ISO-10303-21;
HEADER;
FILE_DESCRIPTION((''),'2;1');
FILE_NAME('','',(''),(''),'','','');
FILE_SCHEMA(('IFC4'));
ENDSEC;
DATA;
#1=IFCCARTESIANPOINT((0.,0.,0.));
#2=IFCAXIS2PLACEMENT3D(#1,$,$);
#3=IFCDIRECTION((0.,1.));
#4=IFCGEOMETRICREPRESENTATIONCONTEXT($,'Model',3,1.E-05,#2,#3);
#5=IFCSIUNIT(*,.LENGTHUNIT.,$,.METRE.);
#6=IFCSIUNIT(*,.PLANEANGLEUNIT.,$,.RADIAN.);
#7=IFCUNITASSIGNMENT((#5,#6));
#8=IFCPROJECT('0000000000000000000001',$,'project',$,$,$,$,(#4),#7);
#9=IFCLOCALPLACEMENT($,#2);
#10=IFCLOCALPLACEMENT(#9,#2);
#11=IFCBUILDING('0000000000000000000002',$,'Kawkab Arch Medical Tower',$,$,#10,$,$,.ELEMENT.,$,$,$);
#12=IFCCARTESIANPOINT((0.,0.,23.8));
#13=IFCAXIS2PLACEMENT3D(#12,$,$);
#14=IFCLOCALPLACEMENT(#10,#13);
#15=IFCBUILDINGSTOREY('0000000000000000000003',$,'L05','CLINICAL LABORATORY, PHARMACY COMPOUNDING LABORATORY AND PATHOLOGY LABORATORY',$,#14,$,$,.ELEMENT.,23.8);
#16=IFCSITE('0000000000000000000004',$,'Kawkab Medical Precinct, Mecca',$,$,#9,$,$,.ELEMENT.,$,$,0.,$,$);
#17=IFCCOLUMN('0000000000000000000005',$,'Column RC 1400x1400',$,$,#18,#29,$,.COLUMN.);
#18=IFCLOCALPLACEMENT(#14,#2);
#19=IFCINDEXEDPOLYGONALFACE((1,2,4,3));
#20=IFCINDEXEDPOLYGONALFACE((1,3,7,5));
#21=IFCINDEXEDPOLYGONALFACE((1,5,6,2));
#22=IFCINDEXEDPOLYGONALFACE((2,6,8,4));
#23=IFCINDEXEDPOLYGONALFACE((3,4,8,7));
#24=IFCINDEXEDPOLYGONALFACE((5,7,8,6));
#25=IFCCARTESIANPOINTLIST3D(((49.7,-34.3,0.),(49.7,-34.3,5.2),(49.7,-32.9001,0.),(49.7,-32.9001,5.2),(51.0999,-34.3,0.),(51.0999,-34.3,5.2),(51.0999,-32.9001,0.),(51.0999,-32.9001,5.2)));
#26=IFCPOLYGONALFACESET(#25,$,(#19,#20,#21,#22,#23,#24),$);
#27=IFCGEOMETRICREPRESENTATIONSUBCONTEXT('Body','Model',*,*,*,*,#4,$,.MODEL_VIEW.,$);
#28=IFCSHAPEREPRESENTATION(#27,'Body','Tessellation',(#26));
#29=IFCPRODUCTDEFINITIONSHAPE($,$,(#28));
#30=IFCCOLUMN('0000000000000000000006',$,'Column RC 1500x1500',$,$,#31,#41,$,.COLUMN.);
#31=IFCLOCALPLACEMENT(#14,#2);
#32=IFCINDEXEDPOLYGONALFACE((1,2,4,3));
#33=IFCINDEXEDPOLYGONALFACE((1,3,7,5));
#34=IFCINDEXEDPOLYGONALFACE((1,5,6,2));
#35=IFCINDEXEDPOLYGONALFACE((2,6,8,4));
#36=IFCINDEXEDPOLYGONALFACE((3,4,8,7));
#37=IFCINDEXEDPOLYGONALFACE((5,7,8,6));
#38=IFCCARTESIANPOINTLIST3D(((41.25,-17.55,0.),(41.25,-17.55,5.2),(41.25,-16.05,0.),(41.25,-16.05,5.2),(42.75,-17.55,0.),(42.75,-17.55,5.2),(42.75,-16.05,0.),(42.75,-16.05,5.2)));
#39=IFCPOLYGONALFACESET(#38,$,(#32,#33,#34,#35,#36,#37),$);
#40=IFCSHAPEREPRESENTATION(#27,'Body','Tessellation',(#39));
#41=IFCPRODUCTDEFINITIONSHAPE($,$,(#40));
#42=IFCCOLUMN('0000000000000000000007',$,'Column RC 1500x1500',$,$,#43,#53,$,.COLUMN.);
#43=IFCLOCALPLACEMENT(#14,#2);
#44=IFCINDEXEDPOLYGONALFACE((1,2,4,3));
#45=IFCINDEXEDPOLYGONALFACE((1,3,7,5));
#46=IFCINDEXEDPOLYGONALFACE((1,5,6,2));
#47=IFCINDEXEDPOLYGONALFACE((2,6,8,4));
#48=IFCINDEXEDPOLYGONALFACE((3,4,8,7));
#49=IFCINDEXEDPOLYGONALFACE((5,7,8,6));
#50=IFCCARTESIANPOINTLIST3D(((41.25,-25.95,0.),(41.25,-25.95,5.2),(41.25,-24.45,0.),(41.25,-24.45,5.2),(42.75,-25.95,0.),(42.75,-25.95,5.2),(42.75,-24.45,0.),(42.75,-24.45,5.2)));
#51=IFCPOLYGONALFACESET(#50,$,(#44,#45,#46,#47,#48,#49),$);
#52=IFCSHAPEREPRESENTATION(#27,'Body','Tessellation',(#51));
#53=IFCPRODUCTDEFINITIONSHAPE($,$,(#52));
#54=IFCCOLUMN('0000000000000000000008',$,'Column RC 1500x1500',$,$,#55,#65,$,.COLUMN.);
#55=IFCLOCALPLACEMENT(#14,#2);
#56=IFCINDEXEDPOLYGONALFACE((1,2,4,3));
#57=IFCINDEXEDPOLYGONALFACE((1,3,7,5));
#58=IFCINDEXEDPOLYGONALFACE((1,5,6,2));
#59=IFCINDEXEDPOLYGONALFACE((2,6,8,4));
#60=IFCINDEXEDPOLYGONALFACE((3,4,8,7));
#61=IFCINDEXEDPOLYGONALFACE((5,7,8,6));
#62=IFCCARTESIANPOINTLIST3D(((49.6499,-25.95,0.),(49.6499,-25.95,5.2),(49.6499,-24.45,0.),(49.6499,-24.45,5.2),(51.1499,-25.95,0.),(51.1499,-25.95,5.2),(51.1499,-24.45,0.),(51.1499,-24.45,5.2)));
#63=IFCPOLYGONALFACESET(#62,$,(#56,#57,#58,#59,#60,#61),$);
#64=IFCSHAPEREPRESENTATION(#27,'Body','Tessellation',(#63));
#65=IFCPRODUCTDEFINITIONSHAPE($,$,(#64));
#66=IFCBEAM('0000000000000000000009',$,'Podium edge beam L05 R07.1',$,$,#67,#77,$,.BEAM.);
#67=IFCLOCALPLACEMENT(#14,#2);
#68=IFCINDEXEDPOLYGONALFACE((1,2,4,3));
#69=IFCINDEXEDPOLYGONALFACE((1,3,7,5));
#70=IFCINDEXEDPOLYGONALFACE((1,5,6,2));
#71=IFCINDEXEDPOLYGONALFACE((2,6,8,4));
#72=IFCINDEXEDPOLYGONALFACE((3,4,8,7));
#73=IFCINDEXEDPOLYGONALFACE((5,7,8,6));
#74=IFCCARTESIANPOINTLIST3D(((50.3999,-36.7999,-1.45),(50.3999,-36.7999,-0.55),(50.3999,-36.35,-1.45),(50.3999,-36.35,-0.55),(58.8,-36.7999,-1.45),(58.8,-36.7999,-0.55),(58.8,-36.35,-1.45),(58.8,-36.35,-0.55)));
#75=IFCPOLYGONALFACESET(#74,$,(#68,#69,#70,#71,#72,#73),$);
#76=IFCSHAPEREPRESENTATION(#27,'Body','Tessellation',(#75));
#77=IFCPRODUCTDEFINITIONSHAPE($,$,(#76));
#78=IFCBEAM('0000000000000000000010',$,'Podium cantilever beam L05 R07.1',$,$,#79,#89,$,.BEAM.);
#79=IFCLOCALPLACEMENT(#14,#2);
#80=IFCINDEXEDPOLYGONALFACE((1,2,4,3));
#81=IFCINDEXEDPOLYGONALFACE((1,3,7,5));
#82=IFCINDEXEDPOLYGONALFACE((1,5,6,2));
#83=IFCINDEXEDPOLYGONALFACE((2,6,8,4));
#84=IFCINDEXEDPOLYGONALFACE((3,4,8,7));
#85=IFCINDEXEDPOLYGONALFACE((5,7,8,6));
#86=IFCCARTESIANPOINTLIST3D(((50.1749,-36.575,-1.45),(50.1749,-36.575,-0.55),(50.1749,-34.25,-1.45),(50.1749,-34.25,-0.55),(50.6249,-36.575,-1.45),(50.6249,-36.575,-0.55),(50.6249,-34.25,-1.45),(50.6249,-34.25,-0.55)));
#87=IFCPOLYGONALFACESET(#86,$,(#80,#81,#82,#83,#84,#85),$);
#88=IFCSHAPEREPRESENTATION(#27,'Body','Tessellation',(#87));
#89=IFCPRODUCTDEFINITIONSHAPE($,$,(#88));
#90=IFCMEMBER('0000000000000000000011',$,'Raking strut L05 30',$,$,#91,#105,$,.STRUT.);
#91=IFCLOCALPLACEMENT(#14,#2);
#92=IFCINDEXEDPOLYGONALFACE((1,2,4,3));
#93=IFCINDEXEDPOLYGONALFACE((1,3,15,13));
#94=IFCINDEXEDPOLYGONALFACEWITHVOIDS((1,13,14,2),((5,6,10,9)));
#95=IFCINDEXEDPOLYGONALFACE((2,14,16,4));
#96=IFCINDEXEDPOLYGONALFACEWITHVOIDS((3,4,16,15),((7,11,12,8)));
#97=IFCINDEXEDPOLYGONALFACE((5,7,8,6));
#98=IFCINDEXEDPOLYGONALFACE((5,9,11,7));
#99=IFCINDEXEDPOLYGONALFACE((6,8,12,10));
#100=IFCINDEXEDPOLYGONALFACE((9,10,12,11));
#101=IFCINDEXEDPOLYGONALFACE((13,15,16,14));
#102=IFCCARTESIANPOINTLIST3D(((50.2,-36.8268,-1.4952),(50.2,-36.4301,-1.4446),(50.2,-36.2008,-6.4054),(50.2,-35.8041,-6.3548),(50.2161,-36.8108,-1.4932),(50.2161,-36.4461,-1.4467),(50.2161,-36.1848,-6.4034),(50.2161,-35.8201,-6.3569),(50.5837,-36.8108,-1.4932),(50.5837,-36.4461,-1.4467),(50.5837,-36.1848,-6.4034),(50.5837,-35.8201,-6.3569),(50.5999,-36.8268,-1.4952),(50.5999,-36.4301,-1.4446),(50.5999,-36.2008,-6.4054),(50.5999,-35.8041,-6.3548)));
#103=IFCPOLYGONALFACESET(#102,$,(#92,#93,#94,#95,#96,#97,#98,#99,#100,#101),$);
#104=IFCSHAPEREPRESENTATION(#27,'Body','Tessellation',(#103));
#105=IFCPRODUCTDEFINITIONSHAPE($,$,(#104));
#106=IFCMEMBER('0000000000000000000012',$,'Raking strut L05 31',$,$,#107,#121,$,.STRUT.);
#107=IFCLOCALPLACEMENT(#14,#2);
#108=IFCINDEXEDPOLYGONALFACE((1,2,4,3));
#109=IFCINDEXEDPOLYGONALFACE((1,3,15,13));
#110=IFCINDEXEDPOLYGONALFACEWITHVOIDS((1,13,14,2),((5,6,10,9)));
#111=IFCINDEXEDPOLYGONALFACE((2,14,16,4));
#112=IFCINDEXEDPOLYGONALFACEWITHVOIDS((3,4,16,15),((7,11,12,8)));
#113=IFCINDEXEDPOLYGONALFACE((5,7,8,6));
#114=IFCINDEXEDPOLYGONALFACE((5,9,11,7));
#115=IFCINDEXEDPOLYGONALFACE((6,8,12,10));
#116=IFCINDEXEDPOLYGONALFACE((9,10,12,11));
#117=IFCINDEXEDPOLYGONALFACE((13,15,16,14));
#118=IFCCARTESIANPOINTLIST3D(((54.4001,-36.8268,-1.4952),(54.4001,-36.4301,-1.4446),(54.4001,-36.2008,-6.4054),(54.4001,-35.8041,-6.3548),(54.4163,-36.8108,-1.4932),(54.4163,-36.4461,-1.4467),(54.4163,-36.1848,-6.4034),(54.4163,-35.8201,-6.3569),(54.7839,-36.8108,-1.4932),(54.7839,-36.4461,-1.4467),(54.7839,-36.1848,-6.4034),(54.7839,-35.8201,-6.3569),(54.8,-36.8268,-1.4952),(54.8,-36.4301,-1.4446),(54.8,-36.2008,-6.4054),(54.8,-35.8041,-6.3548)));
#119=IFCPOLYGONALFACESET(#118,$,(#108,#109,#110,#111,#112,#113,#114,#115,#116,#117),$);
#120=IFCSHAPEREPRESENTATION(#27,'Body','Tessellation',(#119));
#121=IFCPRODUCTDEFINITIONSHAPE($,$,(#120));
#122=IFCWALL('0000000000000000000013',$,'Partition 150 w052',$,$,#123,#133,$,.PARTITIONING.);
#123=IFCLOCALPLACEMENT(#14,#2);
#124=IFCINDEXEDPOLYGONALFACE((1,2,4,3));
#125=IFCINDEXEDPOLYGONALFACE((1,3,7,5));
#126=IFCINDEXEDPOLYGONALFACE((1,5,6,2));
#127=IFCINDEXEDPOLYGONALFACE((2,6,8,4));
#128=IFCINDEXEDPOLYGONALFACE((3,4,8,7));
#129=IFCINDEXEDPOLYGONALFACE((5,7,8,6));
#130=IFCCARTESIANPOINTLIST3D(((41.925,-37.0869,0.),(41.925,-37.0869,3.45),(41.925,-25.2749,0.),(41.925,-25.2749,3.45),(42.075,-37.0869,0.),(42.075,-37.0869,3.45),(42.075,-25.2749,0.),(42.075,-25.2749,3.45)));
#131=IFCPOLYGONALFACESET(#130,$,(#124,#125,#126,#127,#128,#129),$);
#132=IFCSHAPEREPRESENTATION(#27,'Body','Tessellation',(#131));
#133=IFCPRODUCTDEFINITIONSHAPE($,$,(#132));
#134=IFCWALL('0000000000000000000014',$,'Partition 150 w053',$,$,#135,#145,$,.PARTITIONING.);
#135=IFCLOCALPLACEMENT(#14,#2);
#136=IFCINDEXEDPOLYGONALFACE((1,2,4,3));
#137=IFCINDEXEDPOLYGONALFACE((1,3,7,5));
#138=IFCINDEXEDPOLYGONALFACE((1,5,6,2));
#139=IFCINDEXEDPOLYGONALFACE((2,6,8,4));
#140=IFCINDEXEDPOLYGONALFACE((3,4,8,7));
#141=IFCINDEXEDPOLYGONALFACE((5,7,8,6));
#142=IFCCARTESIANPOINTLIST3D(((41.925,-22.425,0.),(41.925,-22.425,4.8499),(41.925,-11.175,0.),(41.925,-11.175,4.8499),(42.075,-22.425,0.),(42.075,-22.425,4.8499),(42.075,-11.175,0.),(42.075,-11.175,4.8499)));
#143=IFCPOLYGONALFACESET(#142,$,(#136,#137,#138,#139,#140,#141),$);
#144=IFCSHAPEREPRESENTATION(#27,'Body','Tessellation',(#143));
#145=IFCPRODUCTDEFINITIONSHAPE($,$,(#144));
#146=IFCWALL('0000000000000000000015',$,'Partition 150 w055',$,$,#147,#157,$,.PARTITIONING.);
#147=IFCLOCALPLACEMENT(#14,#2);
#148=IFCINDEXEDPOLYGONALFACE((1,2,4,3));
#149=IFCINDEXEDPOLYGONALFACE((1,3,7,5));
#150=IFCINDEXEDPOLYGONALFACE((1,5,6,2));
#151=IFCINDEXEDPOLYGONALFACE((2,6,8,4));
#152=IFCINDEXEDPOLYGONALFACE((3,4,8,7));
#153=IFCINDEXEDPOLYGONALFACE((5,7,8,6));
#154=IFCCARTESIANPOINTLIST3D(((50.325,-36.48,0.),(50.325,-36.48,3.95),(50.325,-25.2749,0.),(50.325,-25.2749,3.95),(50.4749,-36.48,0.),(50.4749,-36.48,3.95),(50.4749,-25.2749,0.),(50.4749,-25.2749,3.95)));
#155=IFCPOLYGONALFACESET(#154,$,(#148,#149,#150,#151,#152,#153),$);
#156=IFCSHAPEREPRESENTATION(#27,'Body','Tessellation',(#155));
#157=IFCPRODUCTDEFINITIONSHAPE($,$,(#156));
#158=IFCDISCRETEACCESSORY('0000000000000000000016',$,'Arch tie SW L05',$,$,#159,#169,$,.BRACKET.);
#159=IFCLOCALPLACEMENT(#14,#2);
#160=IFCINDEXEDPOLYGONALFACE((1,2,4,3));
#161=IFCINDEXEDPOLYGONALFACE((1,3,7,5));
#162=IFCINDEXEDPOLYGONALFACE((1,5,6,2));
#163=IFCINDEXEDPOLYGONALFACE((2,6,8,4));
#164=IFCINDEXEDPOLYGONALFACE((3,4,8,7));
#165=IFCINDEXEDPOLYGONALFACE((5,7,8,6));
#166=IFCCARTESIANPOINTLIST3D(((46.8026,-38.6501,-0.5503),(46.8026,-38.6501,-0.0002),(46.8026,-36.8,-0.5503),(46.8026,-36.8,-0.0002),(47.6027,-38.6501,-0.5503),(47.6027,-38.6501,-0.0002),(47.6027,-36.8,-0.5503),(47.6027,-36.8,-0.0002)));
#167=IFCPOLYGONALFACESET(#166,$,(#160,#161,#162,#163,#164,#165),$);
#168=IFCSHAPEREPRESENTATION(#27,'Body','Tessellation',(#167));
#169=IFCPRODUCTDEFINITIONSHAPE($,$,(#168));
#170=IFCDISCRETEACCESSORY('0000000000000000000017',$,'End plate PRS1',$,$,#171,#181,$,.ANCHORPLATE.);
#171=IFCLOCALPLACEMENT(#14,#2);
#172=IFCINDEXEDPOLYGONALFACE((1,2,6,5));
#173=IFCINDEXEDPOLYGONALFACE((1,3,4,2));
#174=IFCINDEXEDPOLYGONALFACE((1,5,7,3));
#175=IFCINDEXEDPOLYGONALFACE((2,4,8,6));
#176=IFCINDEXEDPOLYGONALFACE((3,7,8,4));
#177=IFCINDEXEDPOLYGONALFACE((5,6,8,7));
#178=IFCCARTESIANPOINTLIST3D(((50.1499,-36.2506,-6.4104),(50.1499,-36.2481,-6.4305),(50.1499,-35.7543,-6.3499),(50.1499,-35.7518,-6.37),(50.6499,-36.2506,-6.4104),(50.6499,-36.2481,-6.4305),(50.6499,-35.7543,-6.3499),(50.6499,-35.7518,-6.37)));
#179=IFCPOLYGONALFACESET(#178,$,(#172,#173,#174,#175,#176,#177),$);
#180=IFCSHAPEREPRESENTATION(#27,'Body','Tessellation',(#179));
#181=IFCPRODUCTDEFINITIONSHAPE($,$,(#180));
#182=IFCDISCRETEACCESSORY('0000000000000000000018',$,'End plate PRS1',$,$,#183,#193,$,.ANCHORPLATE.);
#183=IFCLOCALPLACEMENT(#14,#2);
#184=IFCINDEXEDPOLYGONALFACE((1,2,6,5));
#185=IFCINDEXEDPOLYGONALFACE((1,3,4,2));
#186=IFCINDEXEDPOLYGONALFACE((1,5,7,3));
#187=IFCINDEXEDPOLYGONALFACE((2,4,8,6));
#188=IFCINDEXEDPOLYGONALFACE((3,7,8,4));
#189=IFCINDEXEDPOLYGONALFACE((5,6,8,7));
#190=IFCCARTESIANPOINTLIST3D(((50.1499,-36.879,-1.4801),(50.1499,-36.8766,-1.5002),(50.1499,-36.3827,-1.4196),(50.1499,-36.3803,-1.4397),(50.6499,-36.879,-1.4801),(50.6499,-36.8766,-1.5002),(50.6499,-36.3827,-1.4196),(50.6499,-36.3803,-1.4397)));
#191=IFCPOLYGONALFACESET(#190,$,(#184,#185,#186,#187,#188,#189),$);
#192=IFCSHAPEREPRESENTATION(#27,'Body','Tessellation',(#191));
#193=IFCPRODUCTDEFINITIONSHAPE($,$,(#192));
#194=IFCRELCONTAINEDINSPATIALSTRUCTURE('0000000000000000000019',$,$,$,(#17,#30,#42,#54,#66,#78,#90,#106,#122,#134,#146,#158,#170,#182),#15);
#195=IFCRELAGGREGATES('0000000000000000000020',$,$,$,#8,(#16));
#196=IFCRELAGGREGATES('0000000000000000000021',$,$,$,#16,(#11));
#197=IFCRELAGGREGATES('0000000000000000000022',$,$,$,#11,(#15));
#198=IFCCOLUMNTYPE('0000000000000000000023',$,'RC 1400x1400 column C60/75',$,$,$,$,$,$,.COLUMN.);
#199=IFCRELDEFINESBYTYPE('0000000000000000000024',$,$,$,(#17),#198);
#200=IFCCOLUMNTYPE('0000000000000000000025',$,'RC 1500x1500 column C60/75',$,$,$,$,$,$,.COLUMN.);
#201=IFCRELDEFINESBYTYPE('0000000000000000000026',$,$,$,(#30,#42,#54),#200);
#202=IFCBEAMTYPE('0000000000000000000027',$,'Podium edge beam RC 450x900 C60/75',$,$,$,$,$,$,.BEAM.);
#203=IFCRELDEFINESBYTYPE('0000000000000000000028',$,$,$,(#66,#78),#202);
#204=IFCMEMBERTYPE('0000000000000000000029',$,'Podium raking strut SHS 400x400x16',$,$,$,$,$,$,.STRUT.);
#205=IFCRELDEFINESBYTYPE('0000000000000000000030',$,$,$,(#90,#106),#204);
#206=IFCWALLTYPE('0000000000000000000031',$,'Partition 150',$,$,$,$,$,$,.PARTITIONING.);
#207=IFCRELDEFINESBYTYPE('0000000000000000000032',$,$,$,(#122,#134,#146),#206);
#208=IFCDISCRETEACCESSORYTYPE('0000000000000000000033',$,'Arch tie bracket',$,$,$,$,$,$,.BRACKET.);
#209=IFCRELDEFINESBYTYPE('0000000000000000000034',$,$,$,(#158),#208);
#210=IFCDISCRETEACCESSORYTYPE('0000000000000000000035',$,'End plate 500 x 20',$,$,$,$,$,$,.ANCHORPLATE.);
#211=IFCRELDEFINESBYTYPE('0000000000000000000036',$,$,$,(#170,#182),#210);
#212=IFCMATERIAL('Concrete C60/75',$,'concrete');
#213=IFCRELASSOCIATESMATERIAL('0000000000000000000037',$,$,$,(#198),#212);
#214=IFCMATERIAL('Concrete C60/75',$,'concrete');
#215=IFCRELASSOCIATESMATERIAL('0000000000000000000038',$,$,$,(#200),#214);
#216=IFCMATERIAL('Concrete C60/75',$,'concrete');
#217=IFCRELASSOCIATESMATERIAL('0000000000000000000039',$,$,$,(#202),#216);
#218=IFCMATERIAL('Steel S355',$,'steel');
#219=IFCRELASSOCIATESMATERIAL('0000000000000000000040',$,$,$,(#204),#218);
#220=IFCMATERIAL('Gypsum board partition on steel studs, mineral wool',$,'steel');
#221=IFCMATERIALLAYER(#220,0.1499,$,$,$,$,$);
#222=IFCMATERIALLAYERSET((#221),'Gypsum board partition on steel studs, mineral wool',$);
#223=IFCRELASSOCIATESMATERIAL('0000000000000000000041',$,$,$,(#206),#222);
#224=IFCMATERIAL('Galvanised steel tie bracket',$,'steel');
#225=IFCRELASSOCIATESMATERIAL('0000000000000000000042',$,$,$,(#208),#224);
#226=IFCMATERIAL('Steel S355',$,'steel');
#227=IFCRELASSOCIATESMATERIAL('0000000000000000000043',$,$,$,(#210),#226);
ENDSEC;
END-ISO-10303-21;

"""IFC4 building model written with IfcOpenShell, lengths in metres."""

from ifc_helpers import new_model, si_unit, direction, frame, frame_2d, origin, origin_2d, place, context, subcontext, project, spatial, rectangle, hollow_rectangle, extrude, material, layer, layer_set, material_profile, profile_set, type_object, element, save


model = new_model("IFC4")

# Units and contexts
model_context = context("Model", 3, precision=1e-05, world=origin(), true_north=direction((0.0, 1.0)))
body_context = subcontext(model_context, "Body", "Model", "MODEL_VIEW")
ifc_project = project(units=[si_unit("LENGTHUNIT", "METRE"), si_unit("PLANEANGLEUNIT", "RADIAN")], contexts=[model_context])

# Site, building, storey
site_placement = place(None, origin())
site = spatial("IfcSite", under=ifc_project, at=site_placement, Name="Kawkab Medical Precinct, Mecca", CompositionType="ELEMENT", RefElevation=0.0)
building_placement = place(site_placement, origin())
building = spatial("IfcBuilding", under=site, at=building_placement, Name="Kawkab Arch Medical Tower", CompositionType="ELEMENT")
storey_placement = place(building_placement, frame((0.0, 0.0, 23.8)))
storey = spatial("IfcBuildingStorey", under=building, at=storey_placement, Name="L05", Description="CLINICAL LABORATORY, PHARMACY COMPOUNDING LABORATORY AND PATHOLOGY LABORATORY", CompositionType="ELEMENT", Elevation=23.8)

# Columns
ifc_material_1 = material(Name="Concrete C60/75", Category="concrete")
ifc_material_profile_1 = material_profile(ifc_material_1, rectangle(XDim=1.3999, YDim=1.3999, at=origin_2d()), Name="RC 1400x1400")
ifc_profile_set_1 = profile_set([ifc_material_profile_1], Name="Concrete C60/75")
column_type_1 = type_object("IfcColumnType", Name="RC 1400x1400 column C60/75", PredefinedType="COLUMN", material=ifc_profile_set_1)
column_placement = place(storey_placement, frame((50.3999, -33.6001, 0.0), z_axis=(0.0, 0.0, 1.0), x_axis=(1.0, 0.0, 0.0)))
element("IfcColumn", 1, at=column_placement, inside=storey, type_object=column_type_1, Name="Column RC 1400x1400", PredefinedType="COLUMN", context=body_context, shape_type="SweptSolid", body=[
    extrude(rectangle(XDim=1.3999, YDim=1.3999, at=origin_2d()), origin(), (0.0, 0.0, 1.0), 5.2),
])
ifc_material_2 = material(Name="Concrete C60/75", Category="concrete")
ifc_material_profile_2 = material_profile(ifc_material_2, rectangle(XDim=1.5, YDim=1.5, at=origin_2d()), Name="RC 1500x1500")
ifc_profile_set_2 = profile_set([ifc_material_profile_2], Name="Concrete C60/75")
column_type_2 = type_object("IfcColumnType", Name="RC 1500x1500 column C60/75", PredefinedType="COLUMN", material=ifc_profile_set_2)
for number, where, z_axis, x_axis, name in (
    (2, (42.0, -16.8, 0.0), (0.0, 0.0, 1.0), (1.0, 0.0, 0.0), "Column RC 1500x1500"),
    (3, (42.0, -25.2, 0.0), (0.0, 0.0, 1.0), (1.0, 0.0, 0.0), "Column RC 1500x1500"),
    (4, (50.3999, -25.2, 0.0), (0.0, 0.0, 1.0), (1.0, 0.0, 0.0), "Column RC 1500x1500"),
):
    element("IfcColumn", number, at=place(storey_placement, frame(where, z_axis=z_axis, x_axis=x_axis)), inside=storey, type_object=column_type_2, Name=name, PredefinedType="COLUMN", context=body_context, shape_type="SweptSolid", body=[
        extrude(rectangle(XDim=1.5, YDim=1.5, at=origin_2d()), origin(), (0.0, 0.0, 1.0), 5.2),
    ])

# Beams
ifc_material_3 = material(Name="Concrete C60/75", Category="concrete")
ifc_material_profile_3 = material_profile(ifc_material_3, rectangle(XDim=0.45, YDim=0.8999, at=origin_2d()), Name="RC 450x900")
ifc_profile_set_3 = profile_set([ifc_material_profile_3], Name="Concrete C60/75")
beam_type = type_object("IfcBeamType", Name="Podium edge beam RC 450x900 C60/75", PredefinedType="BEAM", material=ifc_profile_set_3)
beam_1_placement = place(storey_placement, frame((50.3999, -36.575, -1.0), z_axis=(1.0, 0.0, 0.0), x_axis=(0.0, 1.0, 0.0)))
element("IfcBeam", 5, at=beam_1_placement, inside=storey, type_object=beam_type, Name="Podium edge beam L05 R07.1", PredefinedType="BEAM", context=body_context, shape_type="SweptSolid", body=[
    extrude(rectangle(XDim=0.45, YDim=0.8999, at=origin_2d()), origin(), (0.0, 0.0, 1.0), 8.4001),
])
beam_2_placement = place(storey_placement, frame((50.3999, -34.25, -1.0), z_axis=(0.0, -1.0, 0.0), x_axis=(1.0, 0.0, 0.0)))
element("IfcBeam", 6, at=beam_2_placement, inside=storey, type_object=beam_type, Name="Podium cantilever beam L05 R07.1", PredefinedType="BEAM", context=body_context, shape_type="SweptSolid", body=[
    extrude(rectangle(XDim=0.45, YDim=0.8999, at=origin_2d()), origin(), (0.0, 0.0, 1.0), 2.325),
])

# Members
ifc_material_4 = material(Name="Steel S355", Category="steel")
ifc_material_profile_4 = material_profile(ifc_material_4, hollow_rectangle(XDim=0.3999, YDim=0.3999, WallThickness=0.0161, at=origin_2d()), Name="SHS 400x400x16")
ifc_profile_set_4 = profile_set([ifc_material_profile_4], Name="Steel S355")
member_type = type_object("IfcMemberType", Name="Podium raking strut SHS 400x400x16", PredefinedType="STRUT", material=ifc_profile_set_4)
for number, where, z_axis, x_axis, name in (
    (7, (50.3999, -36.0024, -6.3801), (0.0, -0.126463, 0.991971), (1.0, 0.0, 0.0), "Raking strut L05 30"),
    (8, (54.6001, -36.0024, -6.3801), (0.0, -0.126463, 0.991971), (1.0, 0.0, 0.0), "Raking strut L05 31"),
):
    element("IfcMember", number, at=place(storey_placement, frame(where, z_axis=z_axis, x_axis=x_axis)), inside=storey, type_object=member_type, Name=name, PredefinedType="STRUT", context=body_context, shape_type="SweptSolid", body=[
        extrude(hollow_rectangle(XDim=0.3999, YDim=0.3999, WallThickness=0.0161, at=origin_2d()), origin(), (0.0, 0.0, 1.0), 4.95),
    ])

# Walls
ifc_material_5 = material(Name="Gypsum board partition on steel studs, mineral wool", Category="steel")
ifc_layer_1 = layer(ifc_material_5, 0.1499)
ifc_layer_set_1 = layer_set([ifc_layer_1], Name="Gypsum board partition on steel studs, mineral wool")
wall_type_1 = type_object("IfcWallType", Name="Partition 150", PredefinedType="PARTITIONING", material=ifc_layer_set_1)
wall_1_placement = place(storey_placement, frame((42.0, -37.0869, 0.0), z_axis=(0.0, 0.0, 1.0), x_axis=(0.0, 1.0, 0.0)))
element("IfcWall", 9, at=wall_1_placement, inside=storey, type_object=wall_type_1, Name="Partition 150 w052", PredefinedType="PARTITIONING", context=body_context, shape_type="SweptSolid", body=[
    extrude(rectangle(XDim=11.812, YDim=0.1499, at=frame_2d((5.906, 0.0))), origin(), (0.0, 0.0, 1.0), 3.45),
])
wall_2_placement = place(storey_placement, frame((42.0, -22.425, 0.0), z_axis=(0.0, 0.0, 1.0), x_axis=(0.0, 1.0, 0.0)))
element("IfcWall", 10, at=wall_2_placement, inside=storey, type_object=wall_type_1, Name="Partition 150 w053", PredefinedType="PARTITIONING", context=body_context, shape_type="SweptSolid", body=[
    extrude(rectangle(XDim=11.25, YDim=0.1499, at=frame_2d((5.625, 0.0))), origin(), (0.0, 0.0, 1.0), 4.8499),
])
wall_3_placement = place(storey_placement, frame((50.3999, -36.48, 0.0), z_axis=(0.0, 0.0, 1.0), x_axis=(0.0, 1.0, 0.0)))
element("IfcWall", 11, at=wall_3_placement, inside=storey, type_object=wall_type_1, Name="Partition 150 w055", PredefinedType="PARTITIONING", context=body_context, shape_type="SweptSolid", body=[
    extrude(rectangle(XDim=11.2051, YDim=0.1499, at=frame_2d((5.6025, 0.0))), origin(), (0.0, 0.0, 1.0), 3.95),
])

# Discrete accessories
ifc_material_6 = material(Name="Galvanised steel tie bracket", Category="steel")
discrete_accessory_type_1 = type_object("IfcDiscreteAccessoryType", Name="Arch tie bracket", PredefinedType="BRACKET", material=ifc_material_6)
discrete_accessory_placement = place(storey_placement, frame((47.2026, -37.7251, -0.5503), z_axis=(0.0, 0.0, 1.0), x_axis=(1.0, 0.0, 0.0)))
element("IfcDiscreteAccessory", 12, at=discrete_accessory_placement, inside=storey, type_object=discrete_accessory_type_1, Name="Arch tie SW L05", PredefinedType="BRACKET", context=body_context, shape_type="SweptSolid", body=[
    extrude(rectangle(XDim=0.8, YDim=1.8501, at=origin_2d()), origin(), (0.0, 0.0, 1.0), 0.55),
])
ifc_material_7 = material(Name="Steel S355", Category="steel")
ifc_material_profile_5 = material_profile(ifc_material_7, rectangle(XDim=0.5, YDim=0.5, at=origin_2d()), Name="End plate 500 x 20")
ifc_profile_set_5 = profile_set([ifc_material_profile_5], Name="Steel S355")
discrete_accessory_type_2 = type_object("IfcDiscreteAccessoryType", Name="End plate 500 x 20", PredefinedType="ANCHORPLATE", material=ifc_profile_set_5)
for number, where, z_axis, x_axis, name in (
    (13, (50.3999, -36.0024, -6.3801), (0.0, 0.121054, -0.992646), (-1.0, 0.0, 0.0), "End plate PRS1"),
    (14, (50.3999, -36.6284, -1.47), (0.0, -0.121054, 0.992646), (1.0, 0.0, 0.0), "End plate PRS1"),
):
    element("IfcDiscreteAccessory", number, at=place(storey_placement, frame(where, z_axis=z_axis, x_axis=x_axis)), inside=storey, type_object=discrete_accessory_type_2, Name=name, PredefinedType="ANCHORPLATE", context=body_context, shape_type="SweptSolid", body=[
        extrude(rectangle(XDim=0.5, YDim=0.5, at=origin_2d()), origin(), (0.0, 0.0, 1.0), 0.0203),
    ])

save(model, "model.ifc")
